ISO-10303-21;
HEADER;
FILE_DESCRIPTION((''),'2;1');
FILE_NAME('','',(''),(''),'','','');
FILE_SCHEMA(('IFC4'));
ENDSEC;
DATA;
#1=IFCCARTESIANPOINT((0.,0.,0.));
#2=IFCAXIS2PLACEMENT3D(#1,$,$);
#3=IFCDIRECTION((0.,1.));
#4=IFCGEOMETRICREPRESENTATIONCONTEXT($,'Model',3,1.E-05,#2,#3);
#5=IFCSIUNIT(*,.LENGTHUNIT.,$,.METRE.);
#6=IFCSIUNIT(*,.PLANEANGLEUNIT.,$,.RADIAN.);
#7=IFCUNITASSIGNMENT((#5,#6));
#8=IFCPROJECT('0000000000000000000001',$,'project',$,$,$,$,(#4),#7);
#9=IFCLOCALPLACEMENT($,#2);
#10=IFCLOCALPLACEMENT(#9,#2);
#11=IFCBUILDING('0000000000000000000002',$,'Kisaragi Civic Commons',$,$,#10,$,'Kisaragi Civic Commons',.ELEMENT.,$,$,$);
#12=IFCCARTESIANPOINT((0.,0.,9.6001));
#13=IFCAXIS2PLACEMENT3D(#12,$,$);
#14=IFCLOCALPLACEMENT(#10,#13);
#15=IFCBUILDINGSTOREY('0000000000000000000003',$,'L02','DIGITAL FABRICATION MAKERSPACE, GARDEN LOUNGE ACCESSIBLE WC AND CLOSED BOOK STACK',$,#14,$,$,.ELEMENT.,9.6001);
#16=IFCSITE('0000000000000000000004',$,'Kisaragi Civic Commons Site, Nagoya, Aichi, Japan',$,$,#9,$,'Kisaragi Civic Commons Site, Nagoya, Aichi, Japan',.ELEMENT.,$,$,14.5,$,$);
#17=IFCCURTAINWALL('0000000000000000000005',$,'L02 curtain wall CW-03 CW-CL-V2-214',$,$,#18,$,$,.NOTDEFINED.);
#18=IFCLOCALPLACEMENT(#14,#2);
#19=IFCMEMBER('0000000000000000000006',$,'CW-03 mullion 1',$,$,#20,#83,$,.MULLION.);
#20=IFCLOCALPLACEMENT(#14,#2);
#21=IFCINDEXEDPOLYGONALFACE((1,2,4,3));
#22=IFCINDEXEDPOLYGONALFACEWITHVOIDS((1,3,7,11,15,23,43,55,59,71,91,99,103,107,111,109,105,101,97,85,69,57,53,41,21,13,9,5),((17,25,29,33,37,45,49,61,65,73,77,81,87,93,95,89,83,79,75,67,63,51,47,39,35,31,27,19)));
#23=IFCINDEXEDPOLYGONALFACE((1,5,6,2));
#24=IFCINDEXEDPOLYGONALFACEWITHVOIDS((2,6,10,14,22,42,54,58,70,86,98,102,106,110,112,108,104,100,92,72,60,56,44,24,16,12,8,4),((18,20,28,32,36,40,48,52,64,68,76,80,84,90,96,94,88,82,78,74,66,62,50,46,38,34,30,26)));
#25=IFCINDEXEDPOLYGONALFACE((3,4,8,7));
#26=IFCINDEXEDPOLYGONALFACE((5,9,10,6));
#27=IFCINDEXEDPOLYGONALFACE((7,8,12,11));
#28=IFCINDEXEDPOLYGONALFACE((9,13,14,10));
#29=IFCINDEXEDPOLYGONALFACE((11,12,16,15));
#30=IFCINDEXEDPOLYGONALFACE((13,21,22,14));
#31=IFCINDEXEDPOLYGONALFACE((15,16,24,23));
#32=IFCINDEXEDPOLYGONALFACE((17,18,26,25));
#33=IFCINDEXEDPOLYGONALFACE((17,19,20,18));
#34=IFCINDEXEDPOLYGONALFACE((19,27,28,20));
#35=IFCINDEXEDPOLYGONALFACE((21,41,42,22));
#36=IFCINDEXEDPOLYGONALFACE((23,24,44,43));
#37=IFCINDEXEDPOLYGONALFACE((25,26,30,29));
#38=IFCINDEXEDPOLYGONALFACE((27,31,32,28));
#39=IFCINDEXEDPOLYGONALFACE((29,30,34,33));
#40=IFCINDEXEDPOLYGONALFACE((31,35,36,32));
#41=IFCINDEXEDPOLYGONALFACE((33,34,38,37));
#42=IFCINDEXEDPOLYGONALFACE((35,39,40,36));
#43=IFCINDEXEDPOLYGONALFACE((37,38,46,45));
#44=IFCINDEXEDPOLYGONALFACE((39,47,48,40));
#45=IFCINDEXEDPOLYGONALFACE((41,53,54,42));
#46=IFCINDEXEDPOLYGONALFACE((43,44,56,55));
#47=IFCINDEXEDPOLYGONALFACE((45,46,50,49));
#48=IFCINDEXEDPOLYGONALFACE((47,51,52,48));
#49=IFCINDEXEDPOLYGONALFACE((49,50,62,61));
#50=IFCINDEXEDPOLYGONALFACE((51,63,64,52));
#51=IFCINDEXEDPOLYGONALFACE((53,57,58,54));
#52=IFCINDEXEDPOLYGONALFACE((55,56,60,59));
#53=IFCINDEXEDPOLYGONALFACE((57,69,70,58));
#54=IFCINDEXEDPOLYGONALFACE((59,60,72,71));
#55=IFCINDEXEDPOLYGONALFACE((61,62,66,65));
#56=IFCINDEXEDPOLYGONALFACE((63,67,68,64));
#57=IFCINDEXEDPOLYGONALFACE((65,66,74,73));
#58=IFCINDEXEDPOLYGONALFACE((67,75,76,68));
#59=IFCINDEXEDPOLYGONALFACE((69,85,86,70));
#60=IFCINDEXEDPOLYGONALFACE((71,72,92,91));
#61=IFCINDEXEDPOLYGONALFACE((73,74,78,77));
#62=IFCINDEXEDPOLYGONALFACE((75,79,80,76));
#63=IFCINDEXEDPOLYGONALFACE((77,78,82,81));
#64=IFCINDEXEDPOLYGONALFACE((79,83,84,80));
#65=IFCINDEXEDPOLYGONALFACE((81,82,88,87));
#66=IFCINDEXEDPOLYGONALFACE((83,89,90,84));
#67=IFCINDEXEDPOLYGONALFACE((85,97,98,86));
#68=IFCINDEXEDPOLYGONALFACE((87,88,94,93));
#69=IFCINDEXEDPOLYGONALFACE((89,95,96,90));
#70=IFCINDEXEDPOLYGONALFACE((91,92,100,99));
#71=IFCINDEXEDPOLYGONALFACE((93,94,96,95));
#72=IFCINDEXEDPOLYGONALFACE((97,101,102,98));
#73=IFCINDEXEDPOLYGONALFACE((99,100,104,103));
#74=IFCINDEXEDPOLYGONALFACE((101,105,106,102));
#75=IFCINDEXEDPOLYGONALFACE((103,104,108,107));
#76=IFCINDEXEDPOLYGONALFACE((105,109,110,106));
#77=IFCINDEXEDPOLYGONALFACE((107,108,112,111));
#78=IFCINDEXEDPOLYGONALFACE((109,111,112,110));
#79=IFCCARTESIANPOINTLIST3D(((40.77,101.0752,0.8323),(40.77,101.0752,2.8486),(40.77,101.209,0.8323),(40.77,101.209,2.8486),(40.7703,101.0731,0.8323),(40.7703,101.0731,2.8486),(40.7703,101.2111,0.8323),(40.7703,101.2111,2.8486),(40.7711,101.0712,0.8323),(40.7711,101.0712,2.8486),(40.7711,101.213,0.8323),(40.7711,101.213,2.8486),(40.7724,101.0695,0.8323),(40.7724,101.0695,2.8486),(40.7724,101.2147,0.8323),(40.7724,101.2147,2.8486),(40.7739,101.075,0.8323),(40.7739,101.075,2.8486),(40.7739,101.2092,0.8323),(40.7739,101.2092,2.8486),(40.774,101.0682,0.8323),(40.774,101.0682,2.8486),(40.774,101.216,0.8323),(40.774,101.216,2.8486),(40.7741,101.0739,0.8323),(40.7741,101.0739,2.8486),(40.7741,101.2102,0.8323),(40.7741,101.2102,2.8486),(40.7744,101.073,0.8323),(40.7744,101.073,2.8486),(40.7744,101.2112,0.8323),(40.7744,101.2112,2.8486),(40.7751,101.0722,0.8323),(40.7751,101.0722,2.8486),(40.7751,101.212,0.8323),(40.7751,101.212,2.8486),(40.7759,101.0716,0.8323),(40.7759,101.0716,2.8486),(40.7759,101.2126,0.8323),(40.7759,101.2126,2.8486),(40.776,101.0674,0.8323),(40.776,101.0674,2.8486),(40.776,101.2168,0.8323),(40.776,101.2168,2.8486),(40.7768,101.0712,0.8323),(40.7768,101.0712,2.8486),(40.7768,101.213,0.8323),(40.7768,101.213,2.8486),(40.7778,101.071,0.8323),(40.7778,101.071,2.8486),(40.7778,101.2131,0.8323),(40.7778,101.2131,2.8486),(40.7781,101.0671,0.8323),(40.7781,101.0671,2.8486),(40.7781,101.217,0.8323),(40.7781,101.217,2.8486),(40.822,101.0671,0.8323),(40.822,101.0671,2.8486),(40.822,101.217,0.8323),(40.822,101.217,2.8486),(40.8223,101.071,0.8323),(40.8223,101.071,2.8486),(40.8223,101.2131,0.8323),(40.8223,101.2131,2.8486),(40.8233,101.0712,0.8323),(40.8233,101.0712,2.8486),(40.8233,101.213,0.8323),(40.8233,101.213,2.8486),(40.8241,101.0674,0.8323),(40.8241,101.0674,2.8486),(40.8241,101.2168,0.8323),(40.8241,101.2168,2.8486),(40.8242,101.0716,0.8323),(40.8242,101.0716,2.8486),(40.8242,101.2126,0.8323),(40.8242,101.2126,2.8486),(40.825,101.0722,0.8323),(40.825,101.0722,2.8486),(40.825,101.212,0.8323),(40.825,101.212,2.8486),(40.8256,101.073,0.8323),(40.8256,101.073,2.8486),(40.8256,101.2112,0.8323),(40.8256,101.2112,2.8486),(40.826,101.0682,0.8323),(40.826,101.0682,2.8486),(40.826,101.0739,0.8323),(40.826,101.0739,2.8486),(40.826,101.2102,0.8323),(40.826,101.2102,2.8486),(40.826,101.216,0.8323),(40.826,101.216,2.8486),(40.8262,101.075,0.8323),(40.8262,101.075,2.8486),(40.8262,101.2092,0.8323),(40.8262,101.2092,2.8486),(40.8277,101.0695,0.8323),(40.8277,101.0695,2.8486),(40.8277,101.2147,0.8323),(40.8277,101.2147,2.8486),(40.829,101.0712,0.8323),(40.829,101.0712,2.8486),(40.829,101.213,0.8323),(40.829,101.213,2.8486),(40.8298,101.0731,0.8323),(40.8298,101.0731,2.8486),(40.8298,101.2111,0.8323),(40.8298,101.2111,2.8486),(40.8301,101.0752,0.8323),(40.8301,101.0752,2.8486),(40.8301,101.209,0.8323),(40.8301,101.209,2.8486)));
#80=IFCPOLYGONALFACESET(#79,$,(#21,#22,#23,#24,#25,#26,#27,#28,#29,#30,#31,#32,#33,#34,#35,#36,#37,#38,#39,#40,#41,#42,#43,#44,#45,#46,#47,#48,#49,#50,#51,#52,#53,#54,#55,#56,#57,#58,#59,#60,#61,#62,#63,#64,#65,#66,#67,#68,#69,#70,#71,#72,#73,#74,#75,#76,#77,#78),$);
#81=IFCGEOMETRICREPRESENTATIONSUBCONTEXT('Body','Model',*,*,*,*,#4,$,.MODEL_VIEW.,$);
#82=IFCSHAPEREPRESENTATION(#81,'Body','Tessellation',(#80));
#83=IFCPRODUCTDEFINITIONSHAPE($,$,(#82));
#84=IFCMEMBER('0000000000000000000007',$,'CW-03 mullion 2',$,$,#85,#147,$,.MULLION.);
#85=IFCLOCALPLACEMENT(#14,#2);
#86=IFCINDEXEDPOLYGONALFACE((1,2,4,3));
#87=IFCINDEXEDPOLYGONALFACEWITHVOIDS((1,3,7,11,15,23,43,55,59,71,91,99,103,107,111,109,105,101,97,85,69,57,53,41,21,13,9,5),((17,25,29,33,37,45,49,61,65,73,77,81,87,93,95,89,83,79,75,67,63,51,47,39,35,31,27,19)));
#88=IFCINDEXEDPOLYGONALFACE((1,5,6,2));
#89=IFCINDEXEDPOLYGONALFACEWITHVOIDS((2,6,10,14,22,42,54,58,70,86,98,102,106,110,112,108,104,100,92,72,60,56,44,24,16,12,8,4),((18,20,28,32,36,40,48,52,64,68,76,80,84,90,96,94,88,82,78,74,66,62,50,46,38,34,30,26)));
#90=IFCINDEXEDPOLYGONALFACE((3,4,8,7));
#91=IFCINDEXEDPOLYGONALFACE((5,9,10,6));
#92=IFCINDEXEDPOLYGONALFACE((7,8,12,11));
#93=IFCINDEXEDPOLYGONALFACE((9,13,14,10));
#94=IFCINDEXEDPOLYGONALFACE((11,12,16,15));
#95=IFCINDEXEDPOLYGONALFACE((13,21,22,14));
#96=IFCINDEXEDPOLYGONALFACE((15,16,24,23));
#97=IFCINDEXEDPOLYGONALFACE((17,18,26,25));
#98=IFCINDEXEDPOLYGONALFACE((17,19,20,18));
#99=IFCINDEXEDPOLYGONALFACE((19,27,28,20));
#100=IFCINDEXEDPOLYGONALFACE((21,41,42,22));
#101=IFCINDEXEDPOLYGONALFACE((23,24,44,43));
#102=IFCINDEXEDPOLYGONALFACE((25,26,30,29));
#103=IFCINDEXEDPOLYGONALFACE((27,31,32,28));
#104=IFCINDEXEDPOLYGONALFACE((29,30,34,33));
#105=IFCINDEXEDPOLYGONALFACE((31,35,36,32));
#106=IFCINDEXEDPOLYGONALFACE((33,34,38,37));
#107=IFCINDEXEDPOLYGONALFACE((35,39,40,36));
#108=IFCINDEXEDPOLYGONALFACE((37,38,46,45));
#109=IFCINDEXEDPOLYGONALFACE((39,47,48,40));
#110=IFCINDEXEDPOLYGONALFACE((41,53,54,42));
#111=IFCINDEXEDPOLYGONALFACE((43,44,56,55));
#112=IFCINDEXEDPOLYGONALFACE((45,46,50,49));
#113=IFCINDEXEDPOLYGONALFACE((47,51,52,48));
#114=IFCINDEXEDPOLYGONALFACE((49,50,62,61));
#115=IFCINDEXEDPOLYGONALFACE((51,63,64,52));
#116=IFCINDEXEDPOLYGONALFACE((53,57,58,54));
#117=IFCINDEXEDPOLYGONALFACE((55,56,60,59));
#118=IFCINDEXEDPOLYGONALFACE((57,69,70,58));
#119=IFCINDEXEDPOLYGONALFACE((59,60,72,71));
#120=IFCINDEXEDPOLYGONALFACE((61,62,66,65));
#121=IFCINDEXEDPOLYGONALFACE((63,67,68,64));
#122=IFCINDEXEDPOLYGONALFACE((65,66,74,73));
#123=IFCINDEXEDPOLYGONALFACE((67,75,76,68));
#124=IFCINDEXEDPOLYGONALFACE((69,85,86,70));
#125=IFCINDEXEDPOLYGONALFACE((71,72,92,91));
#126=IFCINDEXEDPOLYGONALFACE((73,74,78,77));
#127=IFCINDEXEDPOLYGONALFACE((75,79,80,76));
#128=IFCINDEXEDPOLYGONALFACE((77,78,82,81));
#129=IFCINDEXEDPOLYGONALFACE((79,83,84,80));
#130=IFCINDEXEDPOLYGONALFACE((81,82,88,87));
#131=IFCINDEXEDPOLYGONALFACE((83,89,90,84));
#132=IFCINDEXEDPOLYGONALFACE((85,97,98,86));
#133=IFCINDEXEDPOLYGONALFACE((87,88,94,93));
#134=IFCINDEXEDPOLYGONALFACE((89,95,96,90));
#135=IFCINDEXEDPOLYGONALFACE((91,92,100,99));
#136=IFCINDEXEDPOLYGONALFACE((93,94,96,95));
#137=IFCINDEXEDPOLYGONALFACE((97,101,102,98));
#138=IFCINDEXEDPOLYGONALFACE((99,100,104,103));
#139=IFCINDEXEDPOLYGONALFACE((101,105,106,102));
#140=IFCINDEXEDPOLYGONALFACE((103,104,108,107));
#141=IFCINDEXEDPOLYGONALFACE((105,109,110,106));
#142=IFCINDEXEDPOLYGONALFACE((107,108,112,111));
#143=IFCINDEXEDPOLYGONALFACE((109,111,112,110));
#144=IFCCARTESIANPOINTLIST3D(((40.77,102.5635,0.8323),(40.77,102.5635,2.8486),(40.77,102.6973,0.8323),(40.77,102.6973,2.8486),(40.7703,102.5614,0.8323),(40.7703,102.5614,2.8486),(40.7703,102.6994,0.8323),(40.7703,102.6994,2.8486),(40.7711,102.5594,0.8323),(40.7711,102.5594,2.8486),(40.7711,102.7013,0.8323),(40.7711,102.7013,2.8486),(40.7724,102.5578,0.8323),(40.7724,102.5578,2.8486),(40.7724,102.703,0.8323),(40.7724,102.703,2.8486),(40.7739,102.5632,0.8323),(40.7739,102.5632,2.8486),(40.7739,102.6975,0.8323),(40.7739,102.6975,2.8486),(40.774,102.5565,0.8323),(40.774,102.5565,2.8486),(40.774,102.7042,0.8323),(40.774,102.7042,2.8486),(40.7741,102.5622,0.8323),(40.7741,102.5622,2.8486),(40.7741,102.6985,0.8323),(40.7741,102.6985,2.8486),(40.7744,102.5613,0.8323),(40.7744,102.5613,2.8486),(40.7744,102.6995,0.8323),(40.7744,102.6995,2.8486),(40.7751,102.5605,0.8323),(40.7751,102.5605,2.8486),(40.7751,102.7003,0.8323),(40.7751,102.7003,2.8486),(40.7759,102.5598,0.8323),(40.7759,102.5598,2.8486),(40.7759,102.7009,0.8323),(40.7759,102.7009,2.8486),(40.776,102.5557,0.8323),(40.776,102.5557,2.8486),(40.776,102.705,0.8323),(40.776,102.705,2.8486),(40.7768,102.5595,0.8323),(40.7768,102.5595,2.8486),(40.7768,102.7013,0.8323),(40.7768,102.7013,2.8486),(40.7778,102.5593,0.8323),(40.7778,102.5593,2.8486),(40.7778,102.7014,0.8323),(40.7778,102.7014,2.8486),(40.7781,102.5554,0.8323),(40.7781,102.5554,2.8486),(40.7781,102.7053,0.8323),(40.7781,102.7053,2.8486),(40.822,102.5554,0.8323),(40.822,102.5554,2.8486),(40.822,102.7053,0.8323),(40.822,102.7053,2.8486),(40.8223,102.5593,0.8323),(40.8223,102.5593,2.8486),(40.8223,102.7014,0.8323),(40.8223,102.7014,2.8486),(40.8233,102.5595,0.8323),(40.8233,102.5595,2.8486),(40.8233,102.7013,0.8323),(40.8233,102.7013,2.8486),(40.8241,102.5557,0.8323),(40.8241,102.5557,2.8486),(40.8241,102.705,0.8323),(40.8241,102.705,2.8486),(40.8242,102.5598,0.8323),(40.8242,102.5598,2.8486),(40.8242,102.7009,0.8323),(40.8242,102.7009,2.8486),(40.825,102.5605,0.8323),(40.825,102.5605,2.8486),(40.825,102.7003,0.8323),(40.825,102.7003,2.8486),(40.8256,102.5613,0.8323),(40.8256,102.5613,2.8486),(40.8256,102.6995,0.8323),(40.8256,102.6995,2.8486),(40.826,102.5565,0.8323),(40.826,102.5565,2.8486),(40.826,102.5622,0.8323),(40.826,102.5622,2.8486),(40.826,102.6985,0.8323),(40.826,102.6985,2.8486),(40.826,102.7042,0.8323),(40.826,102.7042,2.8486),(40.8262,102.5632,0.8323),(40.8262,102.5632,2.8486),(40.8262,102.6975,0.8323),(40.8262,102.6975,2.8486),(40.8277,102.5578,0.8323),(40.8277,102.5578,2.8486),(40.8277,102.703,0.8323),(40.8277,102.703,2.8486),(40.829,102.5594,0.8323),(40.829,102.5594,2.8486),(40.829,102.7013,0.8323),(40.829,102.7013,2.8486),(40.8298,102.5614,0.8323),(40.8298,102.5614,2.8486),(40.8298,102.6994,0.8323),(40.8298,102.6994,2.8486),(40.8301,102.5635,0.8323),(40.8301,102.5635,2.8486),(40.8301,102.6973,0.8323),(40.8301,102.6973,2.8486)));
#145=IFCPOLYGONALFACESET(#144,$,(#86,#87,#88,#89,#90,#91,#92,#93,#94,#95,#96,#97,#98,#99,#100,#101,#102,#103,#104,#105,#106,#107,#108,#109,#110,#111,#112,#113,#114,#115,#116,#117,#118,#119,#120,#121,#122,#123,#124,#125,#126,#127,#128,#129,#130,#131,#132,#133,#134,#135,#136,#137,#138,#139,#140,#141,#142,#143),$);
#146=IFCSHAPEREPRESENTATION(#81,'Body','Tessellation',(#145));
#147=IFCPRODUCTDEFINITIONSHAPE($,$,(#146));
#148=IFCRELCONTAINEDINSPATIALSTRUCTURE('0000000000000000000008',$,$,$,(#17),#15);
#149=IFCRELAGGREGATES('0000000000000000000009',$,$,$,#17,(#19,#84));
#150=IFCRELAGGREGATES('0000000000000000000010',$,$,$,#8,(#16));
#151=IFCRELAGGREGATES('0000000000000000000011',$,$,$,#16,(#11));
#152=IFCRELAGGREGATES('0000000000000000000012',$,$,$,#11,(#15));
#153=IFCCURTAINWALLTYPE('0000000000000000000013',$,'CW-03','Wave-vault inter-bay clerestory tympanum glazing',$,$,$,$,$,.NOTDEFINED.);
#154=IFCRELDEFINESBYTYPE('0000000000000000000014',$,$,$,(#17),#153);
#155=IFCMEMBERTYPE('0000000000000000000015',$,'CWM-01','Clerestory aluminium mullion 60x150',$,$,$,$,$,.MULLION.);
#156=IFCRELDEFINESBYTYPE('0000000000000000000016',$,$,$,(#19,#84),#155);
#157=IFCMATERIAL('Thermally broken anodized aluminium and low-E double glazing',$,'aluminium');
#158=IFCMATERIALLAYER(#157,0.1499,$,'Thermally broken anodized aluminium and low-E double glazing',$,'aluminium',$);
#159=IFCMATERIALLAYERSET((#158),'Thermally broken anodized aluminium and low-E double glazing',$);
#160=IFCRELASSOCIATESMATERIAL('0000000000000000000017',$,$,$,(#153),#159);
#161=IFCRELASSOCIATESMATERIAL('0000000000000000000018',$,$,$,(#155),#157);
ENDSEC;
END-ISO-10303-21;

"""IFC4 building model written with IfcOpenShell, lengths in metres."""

from ifc_helpers import new_model, si_unit, direction, frame, origin, origin_2d, place, context, subcontext, project, spatial, hollow_rectangle, extrude, material, layer, layer_set, material_profile, profile_set, type_object, element, aggregate, save


model = new_model("IFC4")

# Units and contexts
model_context = context("Model", 3, precision=1e-05, world=origin(), true_north=direction((0.0, 1.0)))
body_context = subcontext(model_context, "Body", "Model", "MODEL_VIEW")
ifc_project = project(units=[si_unit("LENGTHUNIT", "METRE"), si_unit("PLANEANGLEUNIT", "RADIAN")], contexts=[model_context])

# Site, building, storey
site_placement = place(None, origin())
site = spatial("IfcSite", under=ifc_project, at=site_placement, Name="Kisaragi Civic Commons Site, Nagoya, Aichi, Japan", LongName="Kisaragi Civic Commons Site, Nagoya, Aichi, Japan", CompositionType="ELEMENT", RefElevation=14.5)
building_placement = place(site_placement, origin())
building = spatial("IfcBuilding", under=site, at=building_placement, Name="Kisaragi Civic Commons", LongName="Kisaragi Civic Commons", CompositionType="ELEMENT")
storey_placement = place(building_placement, frame((0.0, 0.0, 9.6001)))
storey = spatial("IfcBuildingStorey", under=building, at=storey_placement, Name="L02", Description="DIGITAL FABRICATION MAKERSPACE, GARDEN LOUNGE ACCESSIBLE WC AND CLOSED BOOK STACK", CompositionType="ELEMENT", Elevation=9.6001)

# Curtain wall, members
ifc_material_1 = material(Name="Thermally broken anodized aluminium and low-E double glazing", Category="aluminium")
ifc_layer_1 = layer(ifc_material_1, 0.1499, Name="Thermally broken anodized aluminium and low-E double glazing", Category="aluminium")
ifc_layer_set_1 = layer_set([ifc_layer_1], Name="Thermally broken anodized aluminium and low-E double glazing")
curtain_wall_type = type_object("IfcCurtainWallType", Name="CW-03", Description="Wave-vault inter-bay clerestory tympanum glazing", PredefinedType="NOTDEFINED", material=ifc_layer_set_1)
curtain_wall_placement = place(storey_placement, origin())
curtain_wall = element("IfcCurtainWall", 1, at=curtain_wall_placement, inside=storey, type_object=curtain_wall_type, Name="L02 curtain wall CW-03 CW-CL-V2-214", PredefinedType="NOTDEFINED")
ifc_material_profile_1 = material_profile(ifc_material_1, hollow_rectangle(XDim=0.0601, YDim=0.1499, WallThickness=0.0039, InnerFilletRadius=0.0039, OuterFilletRadius=0.0081, at=origin_2d()), Name="CWM-60x150x4", Category="aluminium")
ifc_profile_set_1 = profile_set([ifc_material_profile_1], Name="Thermally broken anodized aluminium and low-E double glazing")
member_type_1 = type_object("IfcMemberType", Name="CWM-01", Description="Clerestory aluminium mullion 60x150", PredefinedType="MULLION", material=ifc_profile_set_1)
member_1_placement = place(storey_placement, frame((40.8, 101.1421, 0.8323), z_axis=(0.0, 0.0, 1.0), x_axis=(-1.0, 0.0, 0.0)))
member_1 = element("IfcMember", 2, at=member_1_placement, type_object=member_type_1, Name="CW-03 mullion 1", PredefinedType="MULLION", context=body_context, shape_type="SweptSolid", body=[
    extrude(hollow_rectangle(XDim=0.0601, YDim=0.1499, WallThickness=0.0039, InnerFilletRadius=0.0039, OuterFilletRadius=0.0081, at=origin_2d()), origin(), (0.0, 0.0, 1.0), 2.0164),
])
member_2_placement = place(storey_placement, frame((40.8, 102.6304, 0.8323), z_axis=(0.0, 0.0, 1.0), x_axis=(-1.0, 0.0, 0.0)))
member_2 = element("IfcMember", 3, at=member_2_placement, type_object=member_type_1, Name="CW-03 mullion 2", PredefinedType="MULLION", context=body_context, shape_type="SweptSolid", body=[
    extrude(hollow_rectangle(XDim=0.0601, YDim=0.1499, WallThickness=0.0039, InnerFilletRadius=0.0039, OuterFilletRadius=0.0081, at=origin_2d()), origin(), (0.0, 0.0, 1.0), 2.0164),
])

aggregate(curtain_wall, [member_1, member_2])

save(model, "model.ifc")
